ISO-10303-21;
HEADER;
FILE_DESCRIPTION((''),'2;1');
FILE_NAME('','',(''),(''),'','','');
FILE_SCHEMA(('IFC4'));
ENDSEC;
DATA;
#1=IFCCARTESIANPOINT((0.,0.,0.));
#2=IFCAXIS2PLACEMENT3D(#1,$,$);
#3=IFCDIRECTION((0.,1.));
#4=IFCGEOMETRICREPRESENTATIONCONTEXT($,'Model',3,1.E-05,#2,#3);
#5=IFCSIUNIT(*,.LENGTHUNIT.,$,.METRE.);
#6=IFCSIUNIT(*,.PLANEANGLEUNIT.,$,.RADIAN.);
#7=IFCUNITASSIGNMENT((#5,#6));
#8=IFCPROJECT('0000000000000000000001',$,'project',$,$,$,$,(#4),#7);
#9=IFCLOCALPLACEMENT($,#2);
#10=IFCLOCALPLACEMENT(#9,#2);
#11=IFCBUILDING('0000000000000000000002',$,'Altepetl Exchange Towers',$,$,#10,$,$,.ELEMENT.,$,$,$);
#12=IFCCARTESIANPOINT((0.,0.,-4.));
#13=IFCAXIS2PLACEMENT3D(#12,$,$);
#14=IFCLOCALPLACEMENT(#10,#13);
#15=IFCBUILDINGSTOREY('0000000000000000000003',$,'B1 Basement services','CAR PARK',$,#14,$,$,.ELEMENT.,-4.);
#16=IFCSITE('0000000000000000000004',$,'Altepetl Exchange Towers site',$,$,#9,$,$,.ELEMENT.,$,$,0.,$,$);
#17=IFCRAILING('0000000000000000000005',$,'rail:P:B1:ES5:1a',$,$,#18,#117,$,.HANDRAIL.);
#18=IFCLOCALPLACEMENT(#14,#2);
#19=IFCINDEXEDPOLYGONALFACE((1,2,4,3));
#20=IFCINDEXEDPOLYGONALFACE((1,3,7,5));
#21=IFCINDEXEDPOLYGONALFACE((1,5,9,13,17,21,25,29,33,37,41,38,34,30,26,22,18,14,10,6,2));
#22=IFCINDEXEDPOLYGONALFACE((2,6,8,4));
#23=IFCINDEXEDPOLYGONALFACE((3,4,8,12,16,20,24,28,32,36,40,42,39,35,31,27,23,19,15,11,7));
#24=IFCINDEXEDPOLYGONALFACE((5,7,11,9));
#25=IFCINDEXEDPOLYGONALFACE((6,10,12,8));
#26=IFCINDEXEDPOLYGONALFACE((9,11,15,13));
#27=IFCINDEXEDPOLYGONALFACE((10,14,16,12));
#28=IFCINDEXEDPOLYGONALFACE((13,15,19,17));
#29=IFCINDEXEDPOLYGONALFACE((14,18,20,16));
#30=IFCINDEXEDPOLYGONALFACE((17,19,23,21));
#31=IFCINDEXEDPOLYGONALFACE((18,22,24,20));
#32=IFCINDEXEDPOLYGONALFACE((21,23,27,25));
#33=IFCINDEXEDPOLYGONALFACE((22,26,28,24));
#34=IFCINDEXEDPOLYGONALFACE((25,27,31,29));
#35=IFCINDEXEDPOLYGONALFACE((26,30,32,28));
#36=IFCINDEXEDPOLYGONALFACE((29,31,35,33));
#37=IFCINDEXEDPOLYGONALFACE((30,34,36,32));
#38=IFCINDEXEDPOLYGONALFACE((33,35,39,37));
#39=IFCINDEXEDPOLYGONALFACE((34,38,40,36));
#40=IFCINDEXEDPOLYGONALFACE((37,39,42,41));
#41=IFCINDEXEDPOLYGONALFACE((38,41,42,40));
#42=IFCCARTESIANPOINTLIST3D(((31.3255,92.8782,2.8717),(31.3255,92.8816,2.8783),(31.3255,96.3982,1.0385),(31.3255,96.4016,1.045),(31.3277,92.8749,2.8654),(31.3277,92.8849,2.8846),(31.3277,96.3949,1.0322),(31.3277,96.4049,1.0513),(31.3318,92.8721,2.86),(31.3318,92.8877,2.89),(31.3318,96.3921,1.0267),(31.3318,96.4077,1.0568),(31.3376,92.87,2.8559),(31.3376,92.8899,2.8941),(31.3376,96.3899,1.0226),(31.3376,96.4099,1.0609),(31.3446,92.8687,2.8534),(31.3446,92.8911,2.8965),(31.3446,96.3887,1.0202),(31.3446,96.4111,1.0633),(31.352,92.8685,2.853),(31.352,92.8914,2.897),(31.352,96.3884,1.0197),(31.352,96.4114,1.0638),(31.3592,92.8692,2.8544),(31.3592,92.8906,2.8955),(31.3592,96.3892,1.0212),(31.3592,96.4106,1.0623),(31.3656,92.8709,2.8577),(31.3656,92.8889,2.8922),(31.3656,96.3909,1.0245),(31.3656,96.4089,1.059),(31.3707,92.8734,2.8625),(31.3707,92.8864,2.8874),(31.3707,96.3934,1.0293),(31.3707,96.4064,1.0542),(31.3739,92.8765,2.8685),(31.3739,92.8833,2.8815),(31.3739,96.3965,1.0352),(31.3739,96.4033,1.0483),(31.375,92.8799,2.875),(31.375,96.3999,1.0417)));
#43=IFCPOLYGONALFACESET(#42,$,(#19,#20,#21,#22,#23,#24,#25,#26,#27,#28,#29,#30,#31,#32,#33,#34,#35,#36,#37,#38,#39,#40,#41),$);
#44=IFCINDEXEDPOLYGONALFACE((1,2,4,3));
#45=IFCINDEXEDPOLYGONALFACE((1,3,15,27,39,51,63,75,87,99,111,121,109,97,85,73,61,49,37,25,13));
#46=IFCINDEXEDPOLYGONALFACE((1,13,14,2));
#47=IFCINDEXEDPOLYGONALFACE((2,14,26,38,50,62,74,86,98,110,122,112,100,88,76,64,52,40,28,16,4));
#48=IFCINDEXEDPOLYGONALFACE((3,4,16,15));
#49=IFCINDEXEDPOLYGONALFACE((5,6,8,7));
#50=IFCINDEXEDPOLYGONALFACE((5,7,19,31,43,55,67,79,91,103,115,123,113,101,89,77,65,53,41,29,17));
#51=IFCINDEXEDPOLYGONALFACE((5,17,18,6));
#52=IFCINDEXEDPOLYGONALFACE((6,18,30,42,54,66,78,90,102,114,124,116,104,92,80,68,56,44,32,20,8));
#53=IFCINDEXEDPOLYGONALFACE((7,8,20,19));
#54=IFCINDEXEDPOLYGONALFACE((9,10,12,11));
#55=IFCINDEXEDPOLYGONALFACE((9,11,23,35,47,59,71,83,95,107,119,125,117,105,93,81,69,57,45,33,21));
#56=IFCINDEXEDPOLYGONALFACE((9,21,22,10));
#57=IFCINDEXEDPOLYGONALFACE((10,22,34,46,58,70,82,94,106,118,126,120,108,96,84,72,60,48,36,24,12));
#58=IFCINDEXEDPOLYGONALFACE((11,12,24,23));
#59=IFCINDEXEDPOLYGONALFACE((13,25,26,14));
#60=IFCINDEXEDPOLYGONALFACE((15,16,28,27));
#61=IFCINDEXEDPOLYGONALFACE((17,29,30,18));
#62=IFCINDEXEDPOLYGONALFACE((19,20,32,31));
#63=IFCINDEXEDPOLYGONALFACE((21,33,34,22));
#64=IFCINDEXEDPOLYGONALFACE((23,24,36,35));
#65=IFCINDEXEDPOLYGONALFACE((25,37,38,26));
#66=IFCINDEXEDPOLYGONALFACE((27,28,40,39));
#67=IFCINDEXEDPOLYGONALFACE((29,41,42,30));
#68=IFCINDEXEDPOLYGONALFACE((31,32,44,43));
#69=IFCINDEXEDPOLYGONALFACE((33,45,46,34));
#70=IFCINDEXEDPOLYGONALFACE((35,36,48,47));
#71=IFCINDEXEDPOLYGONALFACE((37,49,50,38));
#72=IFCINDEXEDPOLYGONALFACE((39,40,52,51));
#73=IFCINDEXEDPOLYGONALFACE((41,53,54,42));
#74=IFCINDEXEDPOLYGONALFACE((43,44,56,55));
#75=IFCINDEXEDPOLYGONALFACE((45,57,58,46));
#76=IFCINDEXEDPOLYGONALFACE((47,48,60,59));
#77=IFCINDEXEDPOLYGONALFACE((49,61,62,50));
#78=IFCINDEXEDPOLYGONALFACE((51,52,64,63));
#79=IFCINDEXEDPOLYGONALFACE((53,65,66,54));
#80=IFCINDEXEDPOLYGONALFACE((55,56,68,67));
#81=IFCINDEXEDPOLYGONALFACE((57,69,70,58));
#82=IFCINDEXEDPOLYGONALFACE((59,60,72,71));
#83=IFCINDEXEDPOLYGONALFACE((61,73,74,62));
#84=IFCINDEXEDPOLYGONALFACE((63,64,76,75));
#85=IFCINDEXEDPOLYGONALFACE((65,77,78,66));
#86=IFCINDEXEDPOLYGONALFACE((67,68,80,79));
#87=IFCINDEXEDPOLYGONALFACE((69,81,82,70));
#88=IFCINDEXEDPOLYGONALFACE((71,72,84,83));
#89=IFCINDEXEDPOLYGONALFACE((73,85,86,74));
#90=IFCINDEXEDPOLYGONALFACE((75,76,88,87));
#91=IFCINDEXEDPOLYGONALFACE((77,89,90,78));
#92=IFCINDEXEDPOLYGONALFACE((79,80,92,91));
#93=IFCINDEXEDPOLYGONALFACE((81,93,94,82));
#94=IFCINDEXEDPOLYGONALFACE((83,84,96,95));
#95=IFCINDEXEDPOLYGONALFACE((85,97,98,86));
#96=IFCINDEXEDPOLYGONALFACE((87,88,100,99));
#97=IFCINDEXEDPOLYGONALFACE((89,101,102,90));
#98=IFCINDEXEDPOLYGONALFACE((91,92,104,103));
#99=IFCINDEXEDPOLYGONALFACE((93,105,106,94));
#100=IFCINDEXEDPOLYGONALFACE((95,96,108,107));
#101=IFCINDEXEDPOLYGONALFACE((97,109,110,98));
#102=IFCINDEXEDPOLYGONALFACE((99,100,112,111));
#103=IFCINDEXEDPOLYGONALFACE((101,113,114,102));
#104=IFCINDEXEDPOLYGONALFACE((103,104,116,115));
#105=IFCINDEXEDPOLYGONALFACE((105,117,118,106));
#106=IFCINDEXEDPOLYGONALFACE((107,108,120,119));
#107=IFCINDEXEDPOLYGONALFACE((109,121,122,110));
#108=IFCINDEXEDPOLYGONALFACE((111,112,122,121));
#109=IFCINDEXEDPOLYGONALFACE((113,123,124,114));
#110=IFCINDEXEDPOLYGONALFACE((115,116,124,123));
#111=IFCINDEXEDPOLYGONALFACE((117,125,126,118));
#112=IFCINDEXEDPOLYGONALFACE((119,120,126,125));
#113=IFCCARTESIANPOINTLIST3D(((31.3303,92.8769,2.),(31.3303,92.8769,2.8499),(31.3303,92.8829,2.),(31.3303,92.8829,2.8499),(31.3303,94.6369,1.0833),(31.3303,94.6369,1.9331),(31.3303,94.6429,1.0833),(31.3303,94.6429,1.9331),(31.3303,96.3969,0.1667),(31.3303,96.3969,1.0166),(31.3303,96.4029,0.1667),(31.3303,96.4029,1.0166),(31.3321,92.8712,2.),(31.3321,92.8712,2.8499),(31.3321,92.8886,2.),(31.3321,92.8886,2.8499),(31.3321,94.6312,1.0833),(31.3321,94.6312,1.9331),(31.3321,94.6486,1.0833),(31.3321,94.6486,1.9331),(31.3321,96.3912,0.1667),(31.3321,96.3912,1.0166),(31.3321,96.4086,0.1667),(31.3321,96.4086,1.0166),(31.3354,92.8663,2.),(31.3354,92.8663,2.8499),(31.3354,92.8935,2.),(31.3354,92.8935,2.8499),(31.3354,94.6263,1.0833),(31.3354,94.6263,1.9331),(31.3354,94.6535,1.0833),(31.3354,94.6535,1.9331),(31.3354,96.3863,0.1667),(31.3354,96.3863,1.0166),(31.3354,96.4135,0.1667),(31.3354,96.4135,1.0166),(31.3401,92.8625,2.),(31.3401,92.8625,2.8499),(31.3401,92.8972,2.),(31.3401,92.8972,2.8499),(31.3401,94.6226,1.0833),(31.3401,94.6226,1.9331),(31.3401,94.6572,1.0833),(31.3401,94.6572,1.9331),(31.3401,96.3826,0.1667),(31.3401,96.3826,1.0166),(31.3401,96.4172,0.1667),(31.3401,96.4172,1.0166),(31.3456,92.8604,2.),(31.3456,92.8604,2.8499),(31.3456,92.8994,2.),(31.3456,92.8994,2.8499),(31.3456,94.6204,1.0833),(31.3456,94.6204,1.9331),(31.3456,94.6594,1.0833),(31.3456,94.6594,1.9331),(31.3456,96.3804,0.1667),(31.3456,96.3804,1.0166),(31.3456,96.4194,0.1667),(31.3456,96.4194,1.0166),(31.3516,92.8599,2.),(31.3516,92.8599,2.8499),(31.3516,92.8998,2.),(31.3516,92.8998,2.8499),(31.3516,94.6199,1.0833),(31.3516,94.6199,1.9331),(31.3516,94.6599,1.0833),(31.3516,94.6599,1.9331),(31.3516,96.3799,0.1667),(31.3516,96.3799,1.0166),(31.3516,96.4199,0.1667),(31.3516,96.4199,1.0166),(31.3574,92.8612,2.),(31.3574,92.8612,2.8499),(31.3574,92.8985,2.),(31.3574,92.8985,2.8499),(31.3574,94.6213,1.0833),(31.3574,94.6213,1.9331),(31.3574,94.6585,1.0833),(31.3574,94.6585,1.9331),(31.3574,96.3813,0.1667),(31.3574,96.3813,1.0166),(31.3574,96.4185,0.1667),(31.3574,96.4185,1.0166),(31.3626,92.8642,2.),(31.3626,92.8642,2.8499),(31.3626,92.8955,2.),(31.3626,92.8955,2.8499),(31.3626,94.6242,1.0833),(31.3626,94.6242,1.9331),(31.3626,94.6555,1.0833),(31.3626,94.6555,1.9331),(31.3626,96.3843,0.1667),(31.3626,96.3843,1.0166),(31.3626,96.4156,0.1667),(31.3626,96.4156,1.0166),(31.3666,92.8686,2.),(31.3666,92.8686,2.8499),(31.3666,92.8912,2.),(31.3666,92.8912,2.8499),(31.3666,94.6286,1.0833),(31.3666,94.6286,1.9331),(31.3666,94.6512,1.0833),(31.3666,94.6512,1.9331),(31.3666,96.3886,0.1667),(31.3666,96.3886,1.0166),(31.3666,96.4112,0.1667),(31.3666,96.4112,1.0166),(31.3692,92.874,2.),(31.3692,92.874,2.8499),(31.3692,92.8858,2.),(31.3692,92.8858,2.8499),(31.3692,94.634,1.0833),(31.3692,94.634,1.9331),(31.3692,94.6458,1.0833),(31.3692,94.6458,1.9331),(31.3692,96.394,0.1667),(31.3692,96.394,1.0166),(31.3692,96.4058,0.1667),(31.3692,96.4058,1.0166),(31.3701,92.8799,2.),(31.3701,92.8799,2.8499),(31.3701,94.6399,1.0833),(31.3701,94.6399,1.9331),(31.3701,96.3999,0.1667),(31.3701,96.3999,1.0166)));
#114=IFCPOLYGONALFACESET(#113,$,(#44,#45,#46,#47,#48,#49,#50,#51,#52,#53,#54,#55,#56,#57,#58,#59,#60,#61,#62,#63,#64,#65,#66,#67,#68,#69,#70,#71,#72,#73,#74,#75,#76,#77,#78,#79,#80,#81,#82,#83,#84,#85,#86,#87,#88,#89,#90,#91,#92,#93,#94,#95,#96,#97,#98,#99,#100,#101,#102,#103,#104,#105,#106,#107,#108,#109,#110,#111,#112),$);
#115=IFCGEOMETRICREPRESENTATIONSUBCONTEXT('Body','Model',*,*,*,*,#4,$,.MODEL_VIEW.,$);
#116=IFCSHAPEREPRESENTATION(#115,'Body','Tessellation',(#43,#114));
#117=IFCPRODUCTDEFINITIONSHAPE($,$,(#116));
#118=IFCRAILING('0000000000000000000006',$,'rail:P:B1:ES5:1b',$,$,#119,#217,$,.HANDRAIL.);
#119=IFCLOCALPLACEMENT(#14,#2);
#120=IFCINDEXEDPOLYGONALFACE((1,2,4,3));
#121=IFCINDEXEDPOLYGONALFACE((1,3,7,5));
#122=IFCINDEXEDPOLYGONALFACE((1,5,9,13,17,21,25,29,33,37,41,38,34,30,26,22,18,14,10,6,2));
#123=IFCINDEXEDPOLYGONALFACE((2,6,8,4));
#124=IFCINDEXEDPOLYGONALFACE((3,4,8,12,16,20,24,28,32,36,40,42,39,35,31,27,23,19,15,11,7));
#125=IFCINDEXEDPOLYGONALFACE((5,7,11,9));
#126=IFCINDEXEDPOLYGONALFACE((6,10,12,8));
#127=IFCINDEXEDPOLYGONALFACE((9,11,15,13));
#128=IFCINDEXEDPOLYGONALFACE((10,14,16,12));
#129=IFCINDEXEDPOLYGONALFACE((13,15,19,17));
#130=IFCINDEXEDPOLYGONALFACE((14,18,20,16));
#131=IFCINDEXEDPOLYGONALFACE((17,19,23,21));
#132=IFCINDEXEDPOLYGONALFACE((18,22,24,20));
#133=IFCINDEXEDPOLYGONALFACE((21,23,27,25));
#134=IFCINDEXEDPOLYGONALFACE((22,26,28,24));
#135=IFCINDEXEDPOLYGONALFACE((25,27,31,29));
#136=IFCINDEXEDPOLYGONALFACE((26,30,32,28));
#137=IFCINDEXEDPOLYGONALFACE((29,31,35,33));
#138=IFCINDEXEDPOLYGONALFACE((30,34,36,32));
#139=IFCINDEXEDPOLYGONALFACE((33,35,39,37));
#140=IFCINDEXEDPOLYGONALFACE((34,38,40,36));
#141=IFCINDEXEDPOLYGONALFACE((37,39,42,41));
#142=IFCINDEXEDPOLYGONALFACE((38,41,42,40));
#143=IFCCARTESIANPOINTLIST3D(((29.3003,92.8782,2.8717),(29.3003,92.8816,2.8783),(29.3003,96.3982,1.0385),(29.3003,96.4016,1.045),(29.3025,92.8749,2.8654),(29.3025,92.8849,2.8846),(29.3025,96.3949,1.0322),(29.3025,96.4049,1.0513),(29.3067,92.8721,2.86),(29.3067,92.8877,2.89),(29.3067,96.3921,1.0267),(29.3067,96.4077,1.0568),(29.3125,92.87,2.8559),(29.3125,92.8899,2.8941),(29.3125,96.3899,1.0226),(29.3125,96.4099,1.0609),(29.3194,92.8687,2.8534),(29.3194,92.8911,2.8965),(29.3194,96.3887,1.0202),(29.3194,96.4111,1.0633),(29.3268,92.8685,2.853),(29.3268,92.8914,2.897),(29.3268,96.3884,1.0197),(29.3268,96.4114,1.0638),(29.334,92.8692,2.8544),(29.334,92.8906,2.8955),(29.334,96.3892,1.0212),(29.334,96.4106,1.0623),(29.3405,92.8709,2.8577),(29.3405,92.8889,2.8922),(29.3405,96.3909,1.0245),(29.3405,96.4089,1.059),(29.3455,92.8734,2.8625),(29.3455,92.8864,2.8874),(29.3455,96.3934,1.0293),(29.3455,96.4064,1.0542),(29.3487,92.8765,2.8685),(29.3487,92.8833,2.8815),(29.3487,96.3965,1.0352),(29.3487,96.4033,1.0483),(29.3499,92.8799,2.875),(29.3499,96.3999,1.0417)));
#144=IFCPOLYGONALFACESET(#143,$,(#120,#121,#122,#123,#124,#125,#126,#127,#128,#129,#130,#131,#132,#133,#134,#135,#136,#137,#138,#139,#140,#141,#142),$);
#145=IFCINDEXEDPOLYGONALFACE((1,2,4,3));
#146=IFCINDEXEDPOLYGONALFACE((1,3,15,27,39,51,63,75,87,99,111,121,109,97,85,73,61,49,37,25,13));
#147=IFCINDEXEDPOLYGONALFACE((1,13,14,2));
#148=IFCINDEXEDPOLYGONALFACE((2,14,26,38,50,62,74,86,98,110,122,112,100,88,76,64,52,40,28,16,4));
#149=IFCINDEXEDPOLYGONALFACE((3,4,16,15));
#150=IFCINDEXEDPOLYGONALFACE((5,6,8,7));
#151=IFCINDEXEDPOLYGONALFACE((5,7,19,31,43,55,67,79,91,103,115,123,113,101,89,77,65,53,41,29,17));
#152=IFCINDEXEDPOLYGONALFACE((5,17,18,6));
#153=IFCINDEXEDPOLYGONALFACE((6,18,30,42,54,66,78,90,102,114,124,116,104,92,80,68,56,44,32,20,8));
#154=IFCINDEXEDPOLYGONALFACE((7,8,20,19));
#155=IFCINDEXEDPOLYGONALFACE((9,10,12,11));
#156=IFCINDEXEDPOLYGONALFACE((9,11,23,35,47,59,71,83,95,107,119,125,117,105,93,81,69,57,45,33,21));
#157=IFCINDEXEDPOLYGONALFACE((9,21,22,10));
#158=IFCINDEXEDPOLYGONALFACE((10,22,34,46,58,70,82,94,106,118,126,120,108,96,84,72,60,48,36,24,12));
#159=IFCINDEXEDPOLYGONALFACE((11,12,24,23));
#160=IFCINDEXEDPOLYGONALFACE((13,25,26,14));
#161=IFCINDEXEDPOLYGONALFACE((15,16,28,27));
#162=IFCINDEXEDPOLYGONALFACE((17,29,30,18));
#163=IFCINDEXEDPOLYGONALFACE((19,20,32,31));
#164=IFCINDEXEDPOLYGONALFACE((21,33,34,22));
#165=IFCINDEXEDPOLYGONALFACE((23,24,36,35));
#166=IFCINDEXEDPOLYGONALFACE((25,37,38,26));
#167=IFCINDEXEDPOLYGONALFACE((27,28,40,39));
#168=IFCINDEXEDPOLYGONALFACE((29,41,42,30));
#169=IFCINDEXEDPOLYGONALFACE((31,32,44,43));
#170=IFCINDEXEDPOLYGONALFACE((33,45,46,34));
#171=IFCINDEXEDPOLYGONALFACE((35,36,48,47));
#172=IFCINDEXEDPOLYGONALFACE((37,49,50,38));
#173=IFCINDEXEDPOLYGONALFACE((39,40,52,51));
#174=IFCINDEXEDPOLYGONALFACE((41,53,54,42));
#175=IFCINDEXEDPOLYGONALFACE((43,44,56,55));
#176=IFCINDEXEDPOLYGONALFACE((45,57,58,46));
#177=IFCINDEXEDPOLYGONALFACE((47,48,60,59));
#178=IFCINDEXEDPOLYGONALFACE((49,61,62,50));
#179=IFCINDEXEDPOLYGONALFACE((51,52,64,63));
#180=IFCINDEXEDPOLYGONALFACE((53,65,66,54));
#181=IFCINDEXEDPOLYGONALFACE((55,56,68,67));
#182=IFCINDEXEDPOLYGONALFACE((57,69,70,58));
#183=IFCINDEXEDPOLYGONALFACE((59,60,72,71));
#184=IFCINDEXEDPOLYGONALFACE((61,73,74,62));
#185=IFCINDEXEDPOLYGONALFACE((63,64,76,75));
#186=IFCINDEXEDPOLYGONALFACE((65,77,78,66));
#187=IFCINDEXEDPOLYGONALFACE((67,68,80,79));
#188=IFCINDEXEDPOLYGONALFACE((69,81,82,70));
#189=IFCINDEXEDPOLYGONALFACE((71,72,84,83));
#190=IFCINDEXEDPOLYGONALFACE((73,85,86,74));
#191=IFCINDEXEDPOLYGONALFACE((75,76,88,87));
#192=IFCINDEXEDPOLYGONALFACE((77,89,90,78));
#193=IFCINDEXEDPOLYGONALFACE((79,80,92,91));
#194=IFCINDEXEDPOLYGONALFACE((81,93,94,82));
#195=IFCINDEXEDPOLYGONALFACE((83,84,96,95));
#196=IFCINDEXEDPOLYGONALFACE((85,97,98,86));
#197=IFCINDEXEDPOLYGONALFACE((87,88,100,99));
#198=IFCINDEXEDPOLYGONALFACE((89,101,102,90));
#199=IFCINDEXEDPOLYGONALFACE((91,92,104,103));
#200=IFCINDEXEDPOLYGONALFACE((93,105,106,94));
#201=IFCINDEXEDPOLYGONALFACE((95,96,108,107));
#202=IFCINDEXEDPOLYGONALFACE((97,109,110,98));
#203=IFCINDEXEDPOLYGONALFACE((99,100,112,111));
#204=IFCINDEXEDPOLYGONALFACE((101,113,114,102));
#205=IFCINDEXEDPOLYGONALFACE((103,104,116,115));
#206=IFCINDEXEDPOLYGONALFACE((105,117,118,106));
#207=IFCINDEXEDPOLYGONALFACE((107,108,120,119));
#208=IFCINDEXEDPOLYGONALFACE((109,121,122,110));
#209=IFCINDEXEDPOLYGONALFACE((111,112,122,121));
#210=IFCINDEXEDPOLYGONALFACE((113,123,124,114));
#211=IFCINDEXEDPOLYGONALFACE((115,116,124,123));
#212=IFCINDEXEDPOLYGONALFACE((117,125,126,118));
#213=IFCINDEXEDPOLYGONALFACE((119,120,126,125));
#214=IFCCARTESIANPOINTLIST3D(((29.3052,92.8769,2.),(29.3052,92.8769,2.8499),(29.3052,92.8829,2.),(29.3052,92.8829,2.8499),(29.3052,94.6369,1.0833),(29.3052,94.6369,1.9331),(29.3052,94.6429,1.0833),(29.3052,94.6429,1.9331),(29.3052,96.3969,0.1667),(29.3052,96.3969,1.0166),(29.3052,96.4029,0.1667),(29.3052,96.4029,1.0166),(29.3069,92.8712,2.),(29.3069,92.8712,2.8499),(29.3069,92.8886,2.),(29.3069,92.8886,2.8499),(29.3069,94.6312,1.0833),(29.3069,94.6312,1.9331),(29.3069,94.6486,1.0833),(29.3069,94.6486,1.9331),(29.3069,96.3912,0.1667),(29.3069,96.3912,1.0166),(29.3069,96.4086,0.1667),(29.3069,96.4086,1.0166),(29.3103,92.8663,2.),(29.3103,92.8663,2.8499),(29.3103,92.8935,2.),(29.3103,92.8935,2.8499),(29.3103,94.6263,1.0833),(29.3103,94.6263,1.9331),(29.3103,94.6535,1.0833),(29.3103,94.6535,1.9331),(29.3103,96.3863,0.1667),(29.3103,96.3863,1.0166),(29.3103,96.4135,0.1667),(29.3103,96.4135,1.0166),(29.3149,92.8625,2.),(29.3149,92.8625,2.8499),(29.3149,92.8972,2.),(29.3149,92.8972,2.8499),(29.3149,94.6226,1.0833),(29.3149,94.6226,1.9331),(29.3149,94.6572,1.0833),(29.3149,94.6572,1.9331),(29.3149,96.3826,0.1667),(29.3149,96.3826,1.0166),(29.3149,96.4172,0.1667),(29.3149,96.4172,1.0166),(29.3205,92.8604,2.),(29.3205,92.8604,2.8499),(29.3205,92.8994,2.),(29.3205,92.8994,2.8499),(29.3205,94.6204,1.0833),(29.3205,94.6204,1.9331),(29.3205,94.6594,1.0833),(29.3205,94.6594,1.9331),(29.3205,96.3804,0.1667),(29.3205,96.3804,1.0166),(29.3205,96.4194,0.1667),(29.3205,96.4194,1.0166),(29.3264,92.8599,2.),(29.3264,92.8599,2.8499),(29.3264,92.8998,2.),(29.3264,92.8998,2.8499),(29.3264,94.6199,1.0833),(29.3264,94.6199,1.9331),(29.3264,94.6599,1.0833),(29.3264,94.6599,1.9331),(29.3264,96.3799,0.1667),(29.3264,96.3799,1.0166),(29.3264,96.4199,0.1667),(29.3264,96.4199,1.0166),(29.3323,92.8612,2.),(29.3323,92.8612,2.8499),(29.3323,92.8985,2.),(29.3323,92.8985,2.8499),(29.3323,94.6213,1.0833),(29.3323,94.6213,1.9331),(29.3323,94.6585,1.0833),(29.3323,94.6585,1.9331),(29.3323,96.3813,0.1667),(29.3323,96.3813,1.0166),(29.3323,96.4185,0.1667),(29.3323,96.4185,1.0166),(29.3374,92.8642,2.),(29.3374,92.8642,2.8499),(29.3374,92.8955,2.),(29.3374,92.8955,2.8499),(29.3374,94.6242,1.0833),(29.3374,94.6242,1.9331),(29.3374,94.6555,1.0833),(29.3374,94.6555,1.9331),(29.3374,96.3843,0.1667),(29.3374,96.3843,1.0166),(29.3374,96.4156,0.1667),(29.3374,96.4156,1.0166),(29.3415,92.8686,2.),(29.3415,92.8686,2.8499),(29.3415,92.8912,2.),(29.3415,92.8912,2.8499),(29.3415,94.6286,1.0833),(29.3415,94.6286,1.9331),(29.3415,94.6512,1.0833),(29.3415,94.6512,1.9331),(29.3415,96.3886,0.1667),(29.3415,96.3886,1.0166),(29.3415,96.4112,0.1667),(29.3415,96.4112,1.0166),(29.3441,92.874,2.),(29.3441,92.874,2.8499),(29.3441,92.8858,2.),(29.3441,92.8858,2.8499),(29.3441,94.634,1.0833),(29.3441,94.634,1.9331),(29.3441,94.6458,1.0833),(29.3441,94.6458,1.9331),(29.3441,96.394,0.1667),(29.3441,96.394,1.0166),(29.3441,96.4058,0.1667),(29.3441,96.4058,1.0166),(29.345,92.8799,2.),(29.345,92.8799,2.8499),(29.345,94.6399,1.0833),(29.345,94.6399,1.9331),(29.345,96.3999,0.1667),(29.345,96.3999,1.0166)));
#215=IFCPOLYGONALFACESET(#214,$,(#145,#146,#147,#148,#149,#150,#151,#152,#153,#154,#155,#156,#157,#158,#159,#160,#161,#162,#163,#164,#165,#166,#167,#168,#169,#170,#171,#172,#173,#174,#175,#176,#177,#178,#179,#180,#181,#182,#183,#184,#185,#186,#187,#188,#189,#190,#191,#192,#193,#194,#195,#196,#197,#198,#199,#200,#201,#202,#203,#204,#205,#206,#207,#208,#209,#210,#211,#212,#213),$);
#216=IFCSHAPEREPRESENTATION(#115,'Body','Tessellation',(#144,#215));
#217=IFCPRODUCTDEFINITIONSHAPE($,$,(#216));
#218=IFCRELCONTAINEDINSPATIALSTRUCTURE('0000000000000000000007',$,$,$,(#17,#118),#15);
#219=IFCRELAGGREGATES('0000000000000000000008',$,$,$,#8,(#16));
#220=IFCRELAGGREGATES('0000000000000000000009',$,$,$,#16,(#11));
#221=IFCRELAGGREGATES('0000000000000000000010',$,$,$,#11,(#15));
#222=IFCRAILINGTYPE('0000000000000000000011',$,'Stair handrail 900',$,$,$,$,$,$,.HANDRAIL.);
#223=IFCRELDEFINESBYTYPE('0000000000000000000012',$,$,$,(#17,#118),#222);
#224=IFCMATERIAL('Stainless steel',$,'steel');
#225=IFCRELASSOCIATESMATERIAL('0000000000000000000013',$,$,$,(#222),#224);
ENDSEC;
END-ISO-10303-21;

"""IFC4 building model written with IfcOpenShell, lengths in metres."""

from ifc_helpers import new_model, si_unit, direction, frame, origin, origin_2d, place, context, subcontext, project, spatial, circle, extrude, source, transform, mapped, material, type_object, element, save


model = new_model("IFC4")

# Units and contexts
model_context = context("Model", 3, precision=1e-05, world=origin(), true_north=direction((0.0, 1.0)))
body_context = subcontext(model_context, "Body", "Model", "MODEL_VIEW")
ifc_project = project(units=[si_unit("LENGTHUNIT", "METRE"), si_unit("PLANEANGLEUNIT", "RADIAN")], contexts=[model_context])

# Site, building, storey
site_placement = place(None, origin())
site = spatial("IfcSite", under=ifc_project, at=site_placement, Name="Altepetl Exchange Towers site", CompositionType="ELEMENT", RefElevation=0.0)
building_placement = place(site_placement, origin())
building = spatial("IfcBuilding", under=site, at=building_placement, Name="Altepetl Exchange Towers", CompositionType="ELEMENT")
storey_placement = place(building_placement, frame((0.0, 0.0, -4.0)))
storey = spatial("IfcBuildingStorey", under=building, at=storey_placement, Name="B1 Basement services", Description="CAR PARK", CompositionType="ELEMENT", Elevation=-4.0)

# Railings
ifc_material_1 = material(Name="Stainless steel", Category="steel")
railing_type_1 = type_object("IfcRailingType", Name="Stair handrail 900", PredefinedType="HANDRAIL", material=ifc_material_1)
shared_shape_1 = source(origin(), body_context, "Body", "SweptSolid", [
    extrude(circle(Radius=0.02, at=origin_2d()), origin(), (0.0, 0.0, 1.0), 0.8499),
])
for number, where, name in (
    (1, (31.3501, 96.3999, 0.1667), "rail:P:B1:ES5:1a"),
    (2, (29.325, 96.3999, 0.1667), "rail:P:B1:ES5:1b"),
):
    element("IfcRailing", number, at=place(storey_placement, frame(where)), inside=storey, type_object=railing_type_1, Name=name, PredefinedType="HANDRAIL", context=body_context, shape_type="SweptSolid", body=[
        extrude(circle(Radius=0.0249, at=origin_2d()), frame((0.0, 0.0, 0.875), z_axis=(0.0, -0.886924, 0.461916), x_axis=(1.0, 0.0, 0.0)), (0.0, 0.0, 1.0), 3.9688),
        mapped(shared_shape_1, transform((0.0, 0.0, 0.0))),
        mapped(shared_shape_1, transform((0.0, -1.76, 0.9165))),
        mapped(shared_shape_1, transform((0.0, -3.52, 1.8333))),
    ])

save(model, "model.ifc")
